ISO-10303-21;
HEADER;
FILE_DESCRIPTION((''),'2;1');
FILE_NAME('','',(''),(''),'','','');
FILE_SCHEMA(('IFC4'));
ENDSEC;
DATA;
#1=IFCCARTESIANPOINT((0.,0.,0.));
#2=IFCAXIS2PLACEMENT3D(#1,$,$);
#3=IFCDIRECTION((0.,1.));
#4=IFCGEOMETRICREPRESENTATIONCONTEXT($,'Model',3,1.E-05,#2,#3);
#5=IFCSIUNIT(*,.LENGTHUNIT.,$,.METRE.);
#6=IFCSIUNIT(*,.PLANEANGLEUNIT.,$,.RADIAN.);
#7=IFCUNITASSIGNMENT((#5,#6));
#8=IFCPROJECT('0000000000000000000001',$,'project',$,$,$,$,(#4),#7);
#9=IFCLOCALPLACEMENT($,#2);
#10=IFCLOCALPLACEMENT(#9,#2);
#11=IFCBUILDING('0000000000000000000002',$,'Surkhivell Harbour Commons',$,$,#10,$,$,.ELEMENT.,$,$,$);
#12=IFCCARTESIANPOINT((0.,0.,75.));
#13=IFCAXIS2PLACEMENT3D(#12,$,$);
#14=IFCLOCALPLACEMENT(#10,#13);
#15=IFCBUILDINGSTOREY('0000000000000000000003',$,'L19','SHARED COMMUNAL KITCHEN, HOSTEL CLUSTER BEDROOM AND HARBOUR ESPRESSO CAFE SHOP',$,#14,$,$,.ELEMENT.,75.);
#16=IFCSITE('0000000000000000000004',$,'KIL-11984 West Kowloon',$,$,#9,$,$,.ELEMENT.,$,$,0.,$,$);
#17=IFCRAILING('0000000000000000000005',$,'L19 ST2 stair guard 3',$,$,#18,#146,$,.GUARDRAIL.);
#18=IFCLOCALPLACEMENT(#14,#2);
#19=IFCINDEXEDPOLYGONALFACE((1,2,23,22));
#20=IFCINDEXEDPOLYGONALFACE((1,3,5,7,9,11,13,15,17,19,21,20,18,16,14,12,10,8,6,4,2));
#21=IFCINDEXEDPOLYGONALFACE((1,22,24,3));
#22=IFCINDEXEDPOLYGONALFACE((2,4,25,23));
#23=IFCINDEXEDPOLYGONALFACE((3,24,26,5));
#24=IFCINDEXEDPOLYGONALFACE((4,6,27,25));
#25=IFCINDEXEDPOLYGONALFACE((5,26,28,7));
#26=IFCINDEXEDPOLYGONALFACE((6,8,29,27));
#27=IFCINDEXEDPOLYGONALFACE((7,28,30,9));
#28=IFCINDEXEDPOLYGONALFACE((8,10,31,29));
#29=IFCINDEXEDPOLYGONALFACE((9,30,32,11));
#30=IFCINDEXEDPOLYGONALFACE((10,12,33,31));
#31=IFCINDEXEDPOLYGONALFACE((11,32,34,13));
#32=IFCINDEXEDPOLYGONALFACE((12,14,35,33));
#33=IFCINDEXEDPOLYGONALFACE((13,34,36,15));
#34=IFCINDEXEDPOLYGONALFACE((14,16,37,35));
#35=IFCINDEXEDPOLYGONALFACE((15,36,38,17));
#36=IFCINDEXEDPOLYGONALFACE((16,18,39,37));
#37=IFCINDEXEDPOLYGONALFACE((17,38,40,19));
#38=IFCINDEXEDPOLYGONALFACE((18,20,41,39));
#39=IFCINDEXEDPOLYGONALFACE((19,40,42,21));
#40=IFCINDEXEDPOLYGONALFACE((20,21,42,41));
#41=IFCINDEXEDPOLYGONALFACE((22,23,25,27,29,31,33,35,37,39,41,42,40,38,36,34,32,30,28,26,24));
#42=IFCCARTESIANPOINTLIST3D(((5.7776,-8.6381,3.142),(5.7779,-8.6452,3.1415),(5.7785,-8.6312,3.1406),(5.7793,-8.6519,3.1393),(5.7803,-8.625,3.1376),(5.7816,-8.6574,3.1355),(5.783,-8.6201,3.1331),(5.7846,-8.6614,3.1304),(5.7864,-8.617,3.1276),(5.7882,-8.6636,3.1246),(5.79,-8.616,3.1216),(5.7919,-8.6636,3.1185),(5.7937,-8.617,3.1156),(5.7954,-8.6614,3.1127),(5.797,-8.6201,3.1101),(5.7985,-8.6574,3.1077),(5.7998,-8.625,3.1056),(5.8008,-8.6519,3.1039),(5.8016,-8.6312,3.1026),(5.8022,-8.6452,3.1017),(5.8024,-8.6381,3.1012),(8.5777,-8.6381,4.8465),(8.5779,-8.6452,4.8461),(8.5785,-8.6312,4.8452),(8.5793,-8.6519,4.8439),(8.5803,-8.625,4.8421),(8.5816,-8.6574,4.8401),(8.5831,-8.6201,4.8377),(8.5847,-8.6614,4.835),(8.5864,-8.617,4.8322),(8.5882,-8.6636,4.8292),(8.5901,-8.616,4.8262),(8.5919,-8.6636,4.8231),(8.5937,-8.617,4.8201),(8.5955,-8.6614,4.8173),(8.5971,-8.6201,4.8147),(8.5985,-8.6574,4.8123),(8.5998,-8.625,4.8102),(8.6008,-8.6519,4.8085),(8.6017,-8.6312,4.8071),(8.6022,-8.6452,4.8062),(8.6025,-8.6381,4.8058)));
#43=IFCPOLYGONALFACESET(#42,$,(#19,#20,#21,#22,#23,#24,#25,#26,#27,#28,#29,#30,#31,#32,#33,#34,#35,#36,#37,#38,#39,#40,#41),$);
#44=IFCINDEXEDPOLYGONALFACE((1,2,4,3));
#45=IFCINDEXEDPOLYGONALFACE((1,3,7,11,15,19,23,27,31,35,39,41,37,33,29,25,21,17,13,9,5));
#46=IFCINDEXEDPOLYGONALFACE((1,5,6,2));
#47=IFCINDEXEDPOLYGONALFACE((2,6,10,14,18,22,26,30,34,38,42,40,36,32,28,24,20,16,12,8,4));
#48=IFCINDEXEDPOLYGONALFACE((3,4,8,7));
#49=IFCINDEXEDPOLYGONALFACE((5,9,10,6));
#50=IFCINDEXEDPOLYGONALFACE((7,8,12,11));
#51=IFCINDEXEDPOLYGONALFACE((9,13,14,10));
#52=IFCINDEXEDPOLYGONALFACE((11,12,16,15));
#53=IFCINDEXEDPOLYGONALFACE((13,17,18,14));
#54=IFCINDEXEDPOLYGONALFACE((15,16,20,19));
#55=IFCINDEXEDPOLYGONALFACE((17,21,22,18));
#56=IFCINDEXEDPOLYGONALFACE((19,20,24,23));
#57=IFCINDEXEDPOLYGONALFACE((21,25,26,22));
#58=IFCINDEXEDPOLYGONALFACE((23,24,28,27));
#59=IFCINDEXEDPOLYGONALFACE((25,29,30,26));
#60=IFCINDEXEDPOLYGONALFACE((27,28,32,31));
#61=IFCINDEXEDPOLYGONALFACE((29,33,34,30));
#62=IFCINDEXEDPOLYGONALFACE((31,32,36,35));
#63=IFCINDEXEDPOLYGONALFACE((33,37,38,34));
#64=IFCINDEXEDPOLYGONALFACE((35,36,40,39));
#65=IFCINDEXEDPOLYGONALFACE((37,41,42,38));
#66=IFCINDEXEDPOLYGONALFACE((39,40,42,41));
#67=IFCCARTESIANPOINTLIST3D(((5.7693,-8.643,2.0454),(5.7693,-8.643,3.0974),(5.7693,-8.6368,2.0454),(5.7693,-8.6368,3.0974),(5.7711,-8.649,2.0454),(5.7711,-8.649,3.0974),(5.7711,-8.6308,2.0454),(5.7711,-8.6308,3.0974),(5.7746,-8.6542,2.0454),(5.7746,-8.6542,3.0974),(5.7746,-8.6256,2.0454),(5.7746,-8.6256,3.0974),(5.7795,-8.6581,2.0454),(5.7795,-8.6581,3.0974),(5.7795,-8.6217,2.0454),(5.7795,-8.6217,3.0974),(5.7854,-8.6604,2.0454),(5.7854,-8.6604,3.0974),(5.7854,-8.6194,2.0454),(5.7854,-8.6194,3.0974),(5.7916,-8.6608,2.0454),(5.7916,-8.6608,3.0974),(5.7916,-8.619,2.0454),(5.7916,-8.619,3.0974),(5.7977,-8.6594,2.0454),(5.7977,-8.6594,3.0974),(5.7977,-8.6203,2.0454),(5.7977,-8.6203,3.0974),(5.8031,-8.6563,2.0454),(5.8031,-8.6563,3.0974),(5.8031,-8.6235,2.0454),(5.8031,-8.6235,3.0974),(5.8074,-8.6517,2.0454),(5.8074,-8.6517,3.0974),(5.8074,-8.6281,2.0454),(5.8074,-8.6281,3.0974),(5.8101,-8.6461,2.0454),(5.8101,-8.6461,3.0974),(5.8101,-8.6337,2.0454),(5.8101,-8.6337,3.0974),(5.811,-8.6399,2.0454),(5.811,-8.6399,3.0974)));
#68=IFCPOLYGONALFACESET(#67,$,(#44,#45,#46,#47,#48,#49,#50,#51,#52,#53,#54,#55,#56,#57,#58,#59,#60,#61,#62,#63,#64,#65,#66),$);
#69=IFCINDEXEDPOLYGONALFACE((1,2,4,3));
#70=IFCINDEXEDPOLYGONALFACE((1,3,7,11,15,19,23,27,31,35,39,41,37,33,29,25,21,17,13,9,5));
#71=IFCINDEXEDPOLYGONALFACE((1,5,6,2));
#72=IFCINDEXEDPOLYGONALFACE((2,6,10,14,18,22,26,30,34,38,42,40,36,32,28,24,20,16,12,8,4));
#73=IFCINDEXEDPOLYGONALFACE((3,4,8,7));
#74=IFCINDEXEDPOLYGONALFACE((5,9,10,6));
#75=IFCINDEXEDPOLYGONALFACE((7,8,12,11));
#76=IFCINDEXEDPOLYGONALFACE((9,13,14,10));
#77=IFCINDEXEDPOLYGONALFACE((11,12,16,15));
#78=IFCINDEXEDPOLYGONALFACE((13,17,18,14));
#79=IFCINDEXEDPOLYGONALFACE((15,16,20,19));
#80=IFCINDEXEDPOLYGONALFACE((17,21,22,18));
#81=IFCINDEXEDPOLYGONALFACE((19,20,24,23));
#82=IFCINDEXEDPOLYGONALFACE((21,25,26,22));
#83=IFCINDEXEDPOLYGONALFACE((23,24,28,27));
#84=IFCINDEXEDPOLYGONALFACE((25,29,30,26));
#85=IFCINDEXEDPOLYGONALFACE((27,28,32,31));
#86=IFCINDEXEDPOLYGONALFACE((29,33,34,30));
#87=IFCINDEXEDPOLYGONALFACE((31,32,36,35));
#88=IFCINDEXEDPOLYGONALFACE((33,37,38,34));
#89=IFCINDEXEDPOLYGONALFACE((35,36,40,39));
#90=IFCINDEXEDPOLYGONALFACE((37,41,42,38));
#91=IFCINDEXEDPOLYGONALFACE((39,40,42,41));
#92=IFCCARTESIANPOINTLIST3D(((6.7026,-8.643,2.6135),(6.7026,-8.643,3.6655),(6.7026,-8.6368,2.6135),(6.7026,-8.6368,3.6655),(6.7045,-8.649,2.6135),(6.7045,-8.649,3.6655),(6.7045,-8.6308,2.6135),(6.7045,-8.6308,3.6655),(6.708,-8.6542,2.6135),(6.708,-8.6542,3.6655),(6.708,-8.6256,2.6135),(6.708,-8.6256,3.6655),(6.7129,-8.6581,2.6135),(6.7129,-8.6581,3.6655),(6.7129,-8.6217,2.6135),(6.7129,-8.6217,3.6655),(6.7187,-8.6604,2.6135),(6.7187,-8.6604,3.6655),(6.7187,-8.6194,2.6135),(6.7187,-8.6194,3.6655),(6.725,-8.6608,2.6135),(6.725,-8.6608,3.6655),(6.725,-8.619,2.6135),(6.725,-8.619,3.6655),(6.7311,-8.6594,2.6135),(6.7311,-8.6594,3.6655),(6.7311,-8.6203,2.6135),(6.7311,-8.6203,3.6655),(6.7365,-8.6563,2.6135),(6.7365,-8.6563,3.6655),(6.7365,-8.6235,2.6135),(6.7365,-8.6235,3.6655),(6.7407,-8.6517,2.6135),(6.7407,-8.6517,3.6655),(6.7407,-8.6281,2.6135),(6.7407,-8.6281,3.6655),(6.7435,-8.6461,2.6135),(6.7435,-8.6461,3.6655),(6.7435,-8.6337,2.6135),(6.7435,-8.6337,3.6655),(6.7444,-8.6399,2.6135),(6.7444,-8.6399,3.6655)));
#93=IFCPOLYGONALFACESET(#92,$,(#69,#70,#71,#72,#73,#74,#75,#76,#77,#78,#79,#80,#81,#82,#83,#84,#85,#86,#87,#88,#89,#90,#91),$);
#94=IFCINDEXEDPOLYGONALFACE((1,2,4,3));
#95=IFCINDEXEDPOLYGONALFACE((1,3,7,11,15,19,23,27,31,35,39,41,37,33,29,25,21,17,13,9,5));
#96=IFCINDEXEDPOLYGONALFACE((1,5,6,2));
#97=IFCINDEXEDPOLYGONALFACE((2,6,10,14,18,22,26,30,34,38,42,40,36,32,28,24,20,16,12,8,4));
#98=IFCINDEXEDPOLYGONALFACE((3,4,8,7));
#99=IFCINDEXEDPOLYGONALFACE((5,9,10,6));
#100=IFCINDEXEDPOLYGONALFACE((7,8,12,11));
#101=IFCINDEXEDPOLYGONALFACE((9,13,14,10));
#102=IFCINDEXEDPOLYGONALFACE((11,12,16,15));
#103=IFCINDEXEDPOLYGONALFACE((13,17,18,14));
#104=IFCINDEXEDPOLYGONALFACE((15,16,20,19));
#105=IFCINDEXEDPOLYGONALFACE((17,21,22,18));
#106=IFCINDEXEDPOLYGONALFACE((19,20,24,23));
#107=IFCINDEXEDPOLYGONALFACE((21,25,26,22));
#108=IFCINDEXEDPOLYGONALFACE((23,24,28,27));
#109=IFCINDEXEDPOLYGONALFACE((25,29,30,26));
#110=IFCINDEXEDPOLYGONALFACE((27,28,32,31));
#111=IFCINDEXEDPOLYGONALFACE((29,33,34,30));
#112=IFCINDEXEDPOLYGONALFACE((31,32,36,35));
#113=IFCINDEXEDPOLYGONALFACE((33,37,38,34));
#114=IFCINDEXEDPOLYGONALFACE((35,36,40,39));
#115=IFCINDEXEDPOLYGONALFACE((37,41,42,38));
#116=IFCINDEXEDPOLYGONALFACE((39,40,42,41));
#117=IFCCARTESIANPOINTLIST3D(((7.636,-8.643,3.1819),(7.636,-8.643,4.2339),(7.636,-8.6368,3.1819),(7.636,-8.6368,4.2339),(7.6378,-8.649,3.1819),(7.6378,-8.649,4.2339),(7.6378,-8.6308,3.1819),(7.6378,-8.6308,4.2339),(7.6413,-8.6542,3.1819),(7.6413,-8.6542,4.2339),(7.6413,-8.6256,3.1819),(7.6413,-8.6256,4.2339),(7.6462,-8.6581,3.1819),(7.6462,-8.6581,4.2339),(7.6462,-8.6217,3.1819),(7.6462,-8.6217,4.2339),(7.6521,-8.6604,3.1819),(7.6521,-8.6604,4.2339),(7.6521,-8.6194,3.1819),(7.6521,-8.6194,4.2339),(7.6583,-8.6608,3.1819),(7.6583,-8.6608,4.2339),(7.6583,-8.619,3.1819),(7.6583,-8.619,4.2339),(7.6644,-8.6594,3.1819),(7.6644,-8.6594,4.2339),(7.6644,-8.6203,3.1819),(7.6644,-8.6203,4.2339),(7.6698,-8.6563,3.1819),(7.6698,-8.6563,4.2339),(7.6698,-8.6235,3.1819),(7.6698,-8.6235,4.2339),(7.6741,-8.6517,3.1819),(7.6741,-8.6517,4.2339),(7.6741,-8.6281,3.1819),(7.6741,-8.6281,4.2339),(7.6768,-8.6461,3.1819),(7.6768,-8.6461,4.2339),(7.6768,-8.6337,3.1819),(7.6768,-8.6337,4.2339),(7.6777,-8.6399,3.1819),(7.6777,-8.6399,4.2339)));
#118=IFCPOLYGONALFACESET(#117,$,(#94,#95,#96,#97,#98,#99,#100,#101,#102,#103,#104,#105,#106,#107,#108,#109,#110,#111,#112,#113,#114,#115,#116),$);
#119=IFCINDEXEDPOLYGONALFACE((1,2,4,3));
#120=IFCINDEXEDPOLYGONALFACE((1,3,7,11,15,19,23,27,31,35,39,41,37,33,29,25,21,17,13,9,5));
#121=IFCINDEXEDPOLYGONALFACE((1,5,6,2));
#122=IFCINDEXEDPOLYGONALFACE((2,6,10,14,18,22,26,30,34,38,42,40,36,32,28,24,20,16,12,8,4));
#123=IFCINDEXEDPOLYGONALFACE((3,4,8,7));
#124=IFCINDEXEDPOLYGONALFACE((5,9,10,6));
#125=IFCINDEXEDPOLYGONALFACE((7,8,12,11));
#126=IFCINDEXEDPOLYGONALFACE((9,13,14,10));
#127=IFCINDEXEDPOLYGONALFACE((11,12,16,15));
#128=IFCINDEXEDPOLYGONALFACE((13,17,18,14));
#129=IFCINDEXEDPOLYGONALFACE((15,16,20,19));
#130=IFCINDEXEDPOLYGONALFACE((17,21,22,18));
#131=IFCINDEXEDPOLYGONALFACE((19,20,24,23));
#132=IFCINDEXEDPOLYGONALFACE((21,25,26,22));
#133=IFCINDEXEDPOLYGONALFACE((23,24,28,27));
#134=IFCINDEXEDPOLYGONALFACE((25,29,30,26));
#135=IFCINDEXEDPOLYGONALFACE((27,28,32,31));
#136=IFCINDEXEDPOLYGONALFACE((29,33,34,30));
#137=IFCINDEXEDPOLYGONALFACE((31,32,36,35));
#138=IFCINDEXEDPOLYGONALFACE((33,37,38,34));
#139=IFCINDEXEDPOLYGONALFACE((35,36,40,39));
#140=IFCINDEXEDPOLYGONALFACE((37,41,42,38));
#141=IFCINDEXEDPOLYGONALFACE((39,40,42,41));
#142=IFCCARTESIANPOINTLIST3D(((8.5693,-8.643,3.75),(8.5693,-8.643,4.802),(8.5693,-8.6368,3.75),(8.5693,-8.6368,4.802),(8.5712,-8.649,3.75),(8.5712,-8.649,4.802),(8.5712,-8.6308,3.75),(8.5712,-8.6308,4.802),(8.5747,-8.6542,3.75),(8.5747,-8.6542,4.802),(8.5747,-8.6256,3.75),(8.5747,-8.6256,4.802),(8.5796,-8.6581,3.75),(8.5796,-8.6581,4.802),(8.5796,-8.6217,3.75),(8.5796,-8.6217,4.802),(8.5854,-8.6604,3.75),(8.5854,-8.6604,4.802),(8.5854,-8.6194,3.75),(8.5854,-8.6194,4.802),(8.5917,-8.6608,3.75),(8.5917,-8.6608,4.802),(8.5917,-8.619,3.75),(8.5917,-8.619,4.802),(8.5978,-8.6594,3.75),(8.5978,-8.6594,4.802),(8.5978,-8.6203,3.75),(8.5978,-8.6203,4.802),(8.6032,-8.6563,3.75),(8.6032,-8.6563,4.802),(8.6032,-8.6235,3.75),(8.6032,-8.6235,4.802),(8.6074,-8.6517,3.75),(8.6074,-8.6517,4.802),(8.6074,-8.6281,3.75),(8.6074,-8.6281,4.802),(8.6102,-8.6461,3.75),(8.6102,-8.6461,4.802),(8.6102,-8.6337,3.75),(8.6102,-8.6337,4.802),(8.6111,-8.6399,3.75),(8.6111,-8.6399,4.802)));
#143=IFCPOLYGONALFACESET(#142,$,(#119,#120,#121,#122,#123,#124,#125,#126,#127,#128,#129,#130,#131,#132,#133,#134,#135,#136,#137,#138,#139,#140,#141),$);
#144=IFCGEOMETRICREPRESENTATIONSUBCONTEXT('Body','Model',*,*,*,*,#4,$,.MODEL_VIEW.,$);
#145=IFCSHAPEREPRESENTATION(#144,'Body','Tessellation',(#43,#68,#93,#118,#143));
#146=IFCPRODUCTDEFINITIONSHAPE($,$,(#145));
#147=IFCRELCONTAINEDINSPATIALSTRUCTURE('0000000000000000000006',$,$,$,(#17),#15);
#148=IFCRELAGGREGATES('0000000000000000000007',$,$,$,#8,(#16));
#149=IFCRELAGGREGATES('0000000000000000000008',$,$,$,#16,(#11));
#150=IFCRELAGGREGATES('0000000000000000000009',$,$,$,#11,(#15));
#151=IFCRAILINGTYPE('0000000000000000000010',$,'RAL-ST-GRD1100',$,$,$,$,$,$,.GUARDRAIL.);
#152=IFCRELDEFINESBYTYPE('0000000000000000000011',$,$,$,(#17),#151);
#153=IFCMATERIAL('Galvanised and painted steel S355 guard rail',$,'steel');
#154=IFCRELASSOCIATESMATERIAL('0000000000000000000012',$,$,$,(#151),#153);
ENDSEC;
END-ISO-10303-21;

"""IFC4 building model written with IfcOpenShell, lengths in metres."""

from ifc_helpers import new_model, si_unit, direction, frame, origin, origin_2d, place, context, subcontext, project, spatial, circle, extrude, material, type_object, element, save


model = new_model("IFC4")

# Units and contexts
model_context = context("Model", 3, precision=1e-05, world=origin(), true_north=direction((0.0, 1.0)))
body_context = subcontext(model_context, "Body", "Model", "MODEL_VIEW")
ifc_project = project(units=[si_unit("LENGTHUNIT", "METRE"), si_unit("PLANEANGLEUNIT", "RADIAN")], contexts=[model_context])

# Site, building, storey
site_placement = place(None, origin())
site = spatial("IfcSite", under=ifc_project, at=site_placement, Name="KIL-11984 West Kowloon", CompositionType="ELEMENT", RefElevation=0.0)
building_placement = place(site_placement, origin())
building = spatial("IfcBuilding", under=site, at=building_placement, Name="Surkhivell Harbour Commons", CompositionType="ELEMENT")
storey_placement = place(building_placement, frame((0.0, 0.0, 75.0)))
storey = spatial("IfcBuildingStorey", under=building, at=storey_placement, Name="L19", Description="SHARED COMMUNAL KITCHEN, HOSTEL CLUSTER BEDROOM AND HARBOUR ESPRESSO CAFE SHOP", CompositionType="ELEMENT", Elevation=75.0)

# Railing
ifc_material_1 = material(Name="Galvanised and painted steel S355 guard rail", Category="steel")
railing_type_1 = type_object("IfcRailingType", Name="RAL-ST-GRD1100", PredefinedType="GUARDRAIL", material=ifc_material_1)
railing_1_placement = place(storey_placement, frame((5.79, -8.6399, 2.0454)))
element("IfcRailing", 1, at=railing_1_placement, inside=storey, type_object=railing_type_1, Name="L19 ST2 stair guard 3", PredefinedType="GUARDRAIL", context=body_context, shape_type="SweptSolid", body=[
    extrude(circle(Radius=0.0239, at=origin_2d()), frame((0.0, 0.0, 1.0762), z_axis=(0.85417, 0.0, 0.519994), x_axis=(0.0, 1.0, 0.0)), (0.0, 0.0, 1.0), 3.2781),
    extrude(circle(Radius=0.021, at=origin_2d()), origin(), (0.0, 0.0, 1.0), 1.052),
    extrude(circle(Radius=0.021, at=origin_2d()), frame((0.9333, 0.0, 0.5681)), (0.0, 0.0, 1.0), 1.052),
    extrude(circle(Radius=0.021, at=origin_2d()), frame((1.8667, 0.0, 1.1365)), (0.0, 0.0, 1.0), 1.052),
    extrude(circle(Radius=0.021, at=origin_2d()), frame((2.8, 0.0, 1.7046)), (0.0, 0.0, 1.0), 1.052),
])

save(model, "model.ifc")
